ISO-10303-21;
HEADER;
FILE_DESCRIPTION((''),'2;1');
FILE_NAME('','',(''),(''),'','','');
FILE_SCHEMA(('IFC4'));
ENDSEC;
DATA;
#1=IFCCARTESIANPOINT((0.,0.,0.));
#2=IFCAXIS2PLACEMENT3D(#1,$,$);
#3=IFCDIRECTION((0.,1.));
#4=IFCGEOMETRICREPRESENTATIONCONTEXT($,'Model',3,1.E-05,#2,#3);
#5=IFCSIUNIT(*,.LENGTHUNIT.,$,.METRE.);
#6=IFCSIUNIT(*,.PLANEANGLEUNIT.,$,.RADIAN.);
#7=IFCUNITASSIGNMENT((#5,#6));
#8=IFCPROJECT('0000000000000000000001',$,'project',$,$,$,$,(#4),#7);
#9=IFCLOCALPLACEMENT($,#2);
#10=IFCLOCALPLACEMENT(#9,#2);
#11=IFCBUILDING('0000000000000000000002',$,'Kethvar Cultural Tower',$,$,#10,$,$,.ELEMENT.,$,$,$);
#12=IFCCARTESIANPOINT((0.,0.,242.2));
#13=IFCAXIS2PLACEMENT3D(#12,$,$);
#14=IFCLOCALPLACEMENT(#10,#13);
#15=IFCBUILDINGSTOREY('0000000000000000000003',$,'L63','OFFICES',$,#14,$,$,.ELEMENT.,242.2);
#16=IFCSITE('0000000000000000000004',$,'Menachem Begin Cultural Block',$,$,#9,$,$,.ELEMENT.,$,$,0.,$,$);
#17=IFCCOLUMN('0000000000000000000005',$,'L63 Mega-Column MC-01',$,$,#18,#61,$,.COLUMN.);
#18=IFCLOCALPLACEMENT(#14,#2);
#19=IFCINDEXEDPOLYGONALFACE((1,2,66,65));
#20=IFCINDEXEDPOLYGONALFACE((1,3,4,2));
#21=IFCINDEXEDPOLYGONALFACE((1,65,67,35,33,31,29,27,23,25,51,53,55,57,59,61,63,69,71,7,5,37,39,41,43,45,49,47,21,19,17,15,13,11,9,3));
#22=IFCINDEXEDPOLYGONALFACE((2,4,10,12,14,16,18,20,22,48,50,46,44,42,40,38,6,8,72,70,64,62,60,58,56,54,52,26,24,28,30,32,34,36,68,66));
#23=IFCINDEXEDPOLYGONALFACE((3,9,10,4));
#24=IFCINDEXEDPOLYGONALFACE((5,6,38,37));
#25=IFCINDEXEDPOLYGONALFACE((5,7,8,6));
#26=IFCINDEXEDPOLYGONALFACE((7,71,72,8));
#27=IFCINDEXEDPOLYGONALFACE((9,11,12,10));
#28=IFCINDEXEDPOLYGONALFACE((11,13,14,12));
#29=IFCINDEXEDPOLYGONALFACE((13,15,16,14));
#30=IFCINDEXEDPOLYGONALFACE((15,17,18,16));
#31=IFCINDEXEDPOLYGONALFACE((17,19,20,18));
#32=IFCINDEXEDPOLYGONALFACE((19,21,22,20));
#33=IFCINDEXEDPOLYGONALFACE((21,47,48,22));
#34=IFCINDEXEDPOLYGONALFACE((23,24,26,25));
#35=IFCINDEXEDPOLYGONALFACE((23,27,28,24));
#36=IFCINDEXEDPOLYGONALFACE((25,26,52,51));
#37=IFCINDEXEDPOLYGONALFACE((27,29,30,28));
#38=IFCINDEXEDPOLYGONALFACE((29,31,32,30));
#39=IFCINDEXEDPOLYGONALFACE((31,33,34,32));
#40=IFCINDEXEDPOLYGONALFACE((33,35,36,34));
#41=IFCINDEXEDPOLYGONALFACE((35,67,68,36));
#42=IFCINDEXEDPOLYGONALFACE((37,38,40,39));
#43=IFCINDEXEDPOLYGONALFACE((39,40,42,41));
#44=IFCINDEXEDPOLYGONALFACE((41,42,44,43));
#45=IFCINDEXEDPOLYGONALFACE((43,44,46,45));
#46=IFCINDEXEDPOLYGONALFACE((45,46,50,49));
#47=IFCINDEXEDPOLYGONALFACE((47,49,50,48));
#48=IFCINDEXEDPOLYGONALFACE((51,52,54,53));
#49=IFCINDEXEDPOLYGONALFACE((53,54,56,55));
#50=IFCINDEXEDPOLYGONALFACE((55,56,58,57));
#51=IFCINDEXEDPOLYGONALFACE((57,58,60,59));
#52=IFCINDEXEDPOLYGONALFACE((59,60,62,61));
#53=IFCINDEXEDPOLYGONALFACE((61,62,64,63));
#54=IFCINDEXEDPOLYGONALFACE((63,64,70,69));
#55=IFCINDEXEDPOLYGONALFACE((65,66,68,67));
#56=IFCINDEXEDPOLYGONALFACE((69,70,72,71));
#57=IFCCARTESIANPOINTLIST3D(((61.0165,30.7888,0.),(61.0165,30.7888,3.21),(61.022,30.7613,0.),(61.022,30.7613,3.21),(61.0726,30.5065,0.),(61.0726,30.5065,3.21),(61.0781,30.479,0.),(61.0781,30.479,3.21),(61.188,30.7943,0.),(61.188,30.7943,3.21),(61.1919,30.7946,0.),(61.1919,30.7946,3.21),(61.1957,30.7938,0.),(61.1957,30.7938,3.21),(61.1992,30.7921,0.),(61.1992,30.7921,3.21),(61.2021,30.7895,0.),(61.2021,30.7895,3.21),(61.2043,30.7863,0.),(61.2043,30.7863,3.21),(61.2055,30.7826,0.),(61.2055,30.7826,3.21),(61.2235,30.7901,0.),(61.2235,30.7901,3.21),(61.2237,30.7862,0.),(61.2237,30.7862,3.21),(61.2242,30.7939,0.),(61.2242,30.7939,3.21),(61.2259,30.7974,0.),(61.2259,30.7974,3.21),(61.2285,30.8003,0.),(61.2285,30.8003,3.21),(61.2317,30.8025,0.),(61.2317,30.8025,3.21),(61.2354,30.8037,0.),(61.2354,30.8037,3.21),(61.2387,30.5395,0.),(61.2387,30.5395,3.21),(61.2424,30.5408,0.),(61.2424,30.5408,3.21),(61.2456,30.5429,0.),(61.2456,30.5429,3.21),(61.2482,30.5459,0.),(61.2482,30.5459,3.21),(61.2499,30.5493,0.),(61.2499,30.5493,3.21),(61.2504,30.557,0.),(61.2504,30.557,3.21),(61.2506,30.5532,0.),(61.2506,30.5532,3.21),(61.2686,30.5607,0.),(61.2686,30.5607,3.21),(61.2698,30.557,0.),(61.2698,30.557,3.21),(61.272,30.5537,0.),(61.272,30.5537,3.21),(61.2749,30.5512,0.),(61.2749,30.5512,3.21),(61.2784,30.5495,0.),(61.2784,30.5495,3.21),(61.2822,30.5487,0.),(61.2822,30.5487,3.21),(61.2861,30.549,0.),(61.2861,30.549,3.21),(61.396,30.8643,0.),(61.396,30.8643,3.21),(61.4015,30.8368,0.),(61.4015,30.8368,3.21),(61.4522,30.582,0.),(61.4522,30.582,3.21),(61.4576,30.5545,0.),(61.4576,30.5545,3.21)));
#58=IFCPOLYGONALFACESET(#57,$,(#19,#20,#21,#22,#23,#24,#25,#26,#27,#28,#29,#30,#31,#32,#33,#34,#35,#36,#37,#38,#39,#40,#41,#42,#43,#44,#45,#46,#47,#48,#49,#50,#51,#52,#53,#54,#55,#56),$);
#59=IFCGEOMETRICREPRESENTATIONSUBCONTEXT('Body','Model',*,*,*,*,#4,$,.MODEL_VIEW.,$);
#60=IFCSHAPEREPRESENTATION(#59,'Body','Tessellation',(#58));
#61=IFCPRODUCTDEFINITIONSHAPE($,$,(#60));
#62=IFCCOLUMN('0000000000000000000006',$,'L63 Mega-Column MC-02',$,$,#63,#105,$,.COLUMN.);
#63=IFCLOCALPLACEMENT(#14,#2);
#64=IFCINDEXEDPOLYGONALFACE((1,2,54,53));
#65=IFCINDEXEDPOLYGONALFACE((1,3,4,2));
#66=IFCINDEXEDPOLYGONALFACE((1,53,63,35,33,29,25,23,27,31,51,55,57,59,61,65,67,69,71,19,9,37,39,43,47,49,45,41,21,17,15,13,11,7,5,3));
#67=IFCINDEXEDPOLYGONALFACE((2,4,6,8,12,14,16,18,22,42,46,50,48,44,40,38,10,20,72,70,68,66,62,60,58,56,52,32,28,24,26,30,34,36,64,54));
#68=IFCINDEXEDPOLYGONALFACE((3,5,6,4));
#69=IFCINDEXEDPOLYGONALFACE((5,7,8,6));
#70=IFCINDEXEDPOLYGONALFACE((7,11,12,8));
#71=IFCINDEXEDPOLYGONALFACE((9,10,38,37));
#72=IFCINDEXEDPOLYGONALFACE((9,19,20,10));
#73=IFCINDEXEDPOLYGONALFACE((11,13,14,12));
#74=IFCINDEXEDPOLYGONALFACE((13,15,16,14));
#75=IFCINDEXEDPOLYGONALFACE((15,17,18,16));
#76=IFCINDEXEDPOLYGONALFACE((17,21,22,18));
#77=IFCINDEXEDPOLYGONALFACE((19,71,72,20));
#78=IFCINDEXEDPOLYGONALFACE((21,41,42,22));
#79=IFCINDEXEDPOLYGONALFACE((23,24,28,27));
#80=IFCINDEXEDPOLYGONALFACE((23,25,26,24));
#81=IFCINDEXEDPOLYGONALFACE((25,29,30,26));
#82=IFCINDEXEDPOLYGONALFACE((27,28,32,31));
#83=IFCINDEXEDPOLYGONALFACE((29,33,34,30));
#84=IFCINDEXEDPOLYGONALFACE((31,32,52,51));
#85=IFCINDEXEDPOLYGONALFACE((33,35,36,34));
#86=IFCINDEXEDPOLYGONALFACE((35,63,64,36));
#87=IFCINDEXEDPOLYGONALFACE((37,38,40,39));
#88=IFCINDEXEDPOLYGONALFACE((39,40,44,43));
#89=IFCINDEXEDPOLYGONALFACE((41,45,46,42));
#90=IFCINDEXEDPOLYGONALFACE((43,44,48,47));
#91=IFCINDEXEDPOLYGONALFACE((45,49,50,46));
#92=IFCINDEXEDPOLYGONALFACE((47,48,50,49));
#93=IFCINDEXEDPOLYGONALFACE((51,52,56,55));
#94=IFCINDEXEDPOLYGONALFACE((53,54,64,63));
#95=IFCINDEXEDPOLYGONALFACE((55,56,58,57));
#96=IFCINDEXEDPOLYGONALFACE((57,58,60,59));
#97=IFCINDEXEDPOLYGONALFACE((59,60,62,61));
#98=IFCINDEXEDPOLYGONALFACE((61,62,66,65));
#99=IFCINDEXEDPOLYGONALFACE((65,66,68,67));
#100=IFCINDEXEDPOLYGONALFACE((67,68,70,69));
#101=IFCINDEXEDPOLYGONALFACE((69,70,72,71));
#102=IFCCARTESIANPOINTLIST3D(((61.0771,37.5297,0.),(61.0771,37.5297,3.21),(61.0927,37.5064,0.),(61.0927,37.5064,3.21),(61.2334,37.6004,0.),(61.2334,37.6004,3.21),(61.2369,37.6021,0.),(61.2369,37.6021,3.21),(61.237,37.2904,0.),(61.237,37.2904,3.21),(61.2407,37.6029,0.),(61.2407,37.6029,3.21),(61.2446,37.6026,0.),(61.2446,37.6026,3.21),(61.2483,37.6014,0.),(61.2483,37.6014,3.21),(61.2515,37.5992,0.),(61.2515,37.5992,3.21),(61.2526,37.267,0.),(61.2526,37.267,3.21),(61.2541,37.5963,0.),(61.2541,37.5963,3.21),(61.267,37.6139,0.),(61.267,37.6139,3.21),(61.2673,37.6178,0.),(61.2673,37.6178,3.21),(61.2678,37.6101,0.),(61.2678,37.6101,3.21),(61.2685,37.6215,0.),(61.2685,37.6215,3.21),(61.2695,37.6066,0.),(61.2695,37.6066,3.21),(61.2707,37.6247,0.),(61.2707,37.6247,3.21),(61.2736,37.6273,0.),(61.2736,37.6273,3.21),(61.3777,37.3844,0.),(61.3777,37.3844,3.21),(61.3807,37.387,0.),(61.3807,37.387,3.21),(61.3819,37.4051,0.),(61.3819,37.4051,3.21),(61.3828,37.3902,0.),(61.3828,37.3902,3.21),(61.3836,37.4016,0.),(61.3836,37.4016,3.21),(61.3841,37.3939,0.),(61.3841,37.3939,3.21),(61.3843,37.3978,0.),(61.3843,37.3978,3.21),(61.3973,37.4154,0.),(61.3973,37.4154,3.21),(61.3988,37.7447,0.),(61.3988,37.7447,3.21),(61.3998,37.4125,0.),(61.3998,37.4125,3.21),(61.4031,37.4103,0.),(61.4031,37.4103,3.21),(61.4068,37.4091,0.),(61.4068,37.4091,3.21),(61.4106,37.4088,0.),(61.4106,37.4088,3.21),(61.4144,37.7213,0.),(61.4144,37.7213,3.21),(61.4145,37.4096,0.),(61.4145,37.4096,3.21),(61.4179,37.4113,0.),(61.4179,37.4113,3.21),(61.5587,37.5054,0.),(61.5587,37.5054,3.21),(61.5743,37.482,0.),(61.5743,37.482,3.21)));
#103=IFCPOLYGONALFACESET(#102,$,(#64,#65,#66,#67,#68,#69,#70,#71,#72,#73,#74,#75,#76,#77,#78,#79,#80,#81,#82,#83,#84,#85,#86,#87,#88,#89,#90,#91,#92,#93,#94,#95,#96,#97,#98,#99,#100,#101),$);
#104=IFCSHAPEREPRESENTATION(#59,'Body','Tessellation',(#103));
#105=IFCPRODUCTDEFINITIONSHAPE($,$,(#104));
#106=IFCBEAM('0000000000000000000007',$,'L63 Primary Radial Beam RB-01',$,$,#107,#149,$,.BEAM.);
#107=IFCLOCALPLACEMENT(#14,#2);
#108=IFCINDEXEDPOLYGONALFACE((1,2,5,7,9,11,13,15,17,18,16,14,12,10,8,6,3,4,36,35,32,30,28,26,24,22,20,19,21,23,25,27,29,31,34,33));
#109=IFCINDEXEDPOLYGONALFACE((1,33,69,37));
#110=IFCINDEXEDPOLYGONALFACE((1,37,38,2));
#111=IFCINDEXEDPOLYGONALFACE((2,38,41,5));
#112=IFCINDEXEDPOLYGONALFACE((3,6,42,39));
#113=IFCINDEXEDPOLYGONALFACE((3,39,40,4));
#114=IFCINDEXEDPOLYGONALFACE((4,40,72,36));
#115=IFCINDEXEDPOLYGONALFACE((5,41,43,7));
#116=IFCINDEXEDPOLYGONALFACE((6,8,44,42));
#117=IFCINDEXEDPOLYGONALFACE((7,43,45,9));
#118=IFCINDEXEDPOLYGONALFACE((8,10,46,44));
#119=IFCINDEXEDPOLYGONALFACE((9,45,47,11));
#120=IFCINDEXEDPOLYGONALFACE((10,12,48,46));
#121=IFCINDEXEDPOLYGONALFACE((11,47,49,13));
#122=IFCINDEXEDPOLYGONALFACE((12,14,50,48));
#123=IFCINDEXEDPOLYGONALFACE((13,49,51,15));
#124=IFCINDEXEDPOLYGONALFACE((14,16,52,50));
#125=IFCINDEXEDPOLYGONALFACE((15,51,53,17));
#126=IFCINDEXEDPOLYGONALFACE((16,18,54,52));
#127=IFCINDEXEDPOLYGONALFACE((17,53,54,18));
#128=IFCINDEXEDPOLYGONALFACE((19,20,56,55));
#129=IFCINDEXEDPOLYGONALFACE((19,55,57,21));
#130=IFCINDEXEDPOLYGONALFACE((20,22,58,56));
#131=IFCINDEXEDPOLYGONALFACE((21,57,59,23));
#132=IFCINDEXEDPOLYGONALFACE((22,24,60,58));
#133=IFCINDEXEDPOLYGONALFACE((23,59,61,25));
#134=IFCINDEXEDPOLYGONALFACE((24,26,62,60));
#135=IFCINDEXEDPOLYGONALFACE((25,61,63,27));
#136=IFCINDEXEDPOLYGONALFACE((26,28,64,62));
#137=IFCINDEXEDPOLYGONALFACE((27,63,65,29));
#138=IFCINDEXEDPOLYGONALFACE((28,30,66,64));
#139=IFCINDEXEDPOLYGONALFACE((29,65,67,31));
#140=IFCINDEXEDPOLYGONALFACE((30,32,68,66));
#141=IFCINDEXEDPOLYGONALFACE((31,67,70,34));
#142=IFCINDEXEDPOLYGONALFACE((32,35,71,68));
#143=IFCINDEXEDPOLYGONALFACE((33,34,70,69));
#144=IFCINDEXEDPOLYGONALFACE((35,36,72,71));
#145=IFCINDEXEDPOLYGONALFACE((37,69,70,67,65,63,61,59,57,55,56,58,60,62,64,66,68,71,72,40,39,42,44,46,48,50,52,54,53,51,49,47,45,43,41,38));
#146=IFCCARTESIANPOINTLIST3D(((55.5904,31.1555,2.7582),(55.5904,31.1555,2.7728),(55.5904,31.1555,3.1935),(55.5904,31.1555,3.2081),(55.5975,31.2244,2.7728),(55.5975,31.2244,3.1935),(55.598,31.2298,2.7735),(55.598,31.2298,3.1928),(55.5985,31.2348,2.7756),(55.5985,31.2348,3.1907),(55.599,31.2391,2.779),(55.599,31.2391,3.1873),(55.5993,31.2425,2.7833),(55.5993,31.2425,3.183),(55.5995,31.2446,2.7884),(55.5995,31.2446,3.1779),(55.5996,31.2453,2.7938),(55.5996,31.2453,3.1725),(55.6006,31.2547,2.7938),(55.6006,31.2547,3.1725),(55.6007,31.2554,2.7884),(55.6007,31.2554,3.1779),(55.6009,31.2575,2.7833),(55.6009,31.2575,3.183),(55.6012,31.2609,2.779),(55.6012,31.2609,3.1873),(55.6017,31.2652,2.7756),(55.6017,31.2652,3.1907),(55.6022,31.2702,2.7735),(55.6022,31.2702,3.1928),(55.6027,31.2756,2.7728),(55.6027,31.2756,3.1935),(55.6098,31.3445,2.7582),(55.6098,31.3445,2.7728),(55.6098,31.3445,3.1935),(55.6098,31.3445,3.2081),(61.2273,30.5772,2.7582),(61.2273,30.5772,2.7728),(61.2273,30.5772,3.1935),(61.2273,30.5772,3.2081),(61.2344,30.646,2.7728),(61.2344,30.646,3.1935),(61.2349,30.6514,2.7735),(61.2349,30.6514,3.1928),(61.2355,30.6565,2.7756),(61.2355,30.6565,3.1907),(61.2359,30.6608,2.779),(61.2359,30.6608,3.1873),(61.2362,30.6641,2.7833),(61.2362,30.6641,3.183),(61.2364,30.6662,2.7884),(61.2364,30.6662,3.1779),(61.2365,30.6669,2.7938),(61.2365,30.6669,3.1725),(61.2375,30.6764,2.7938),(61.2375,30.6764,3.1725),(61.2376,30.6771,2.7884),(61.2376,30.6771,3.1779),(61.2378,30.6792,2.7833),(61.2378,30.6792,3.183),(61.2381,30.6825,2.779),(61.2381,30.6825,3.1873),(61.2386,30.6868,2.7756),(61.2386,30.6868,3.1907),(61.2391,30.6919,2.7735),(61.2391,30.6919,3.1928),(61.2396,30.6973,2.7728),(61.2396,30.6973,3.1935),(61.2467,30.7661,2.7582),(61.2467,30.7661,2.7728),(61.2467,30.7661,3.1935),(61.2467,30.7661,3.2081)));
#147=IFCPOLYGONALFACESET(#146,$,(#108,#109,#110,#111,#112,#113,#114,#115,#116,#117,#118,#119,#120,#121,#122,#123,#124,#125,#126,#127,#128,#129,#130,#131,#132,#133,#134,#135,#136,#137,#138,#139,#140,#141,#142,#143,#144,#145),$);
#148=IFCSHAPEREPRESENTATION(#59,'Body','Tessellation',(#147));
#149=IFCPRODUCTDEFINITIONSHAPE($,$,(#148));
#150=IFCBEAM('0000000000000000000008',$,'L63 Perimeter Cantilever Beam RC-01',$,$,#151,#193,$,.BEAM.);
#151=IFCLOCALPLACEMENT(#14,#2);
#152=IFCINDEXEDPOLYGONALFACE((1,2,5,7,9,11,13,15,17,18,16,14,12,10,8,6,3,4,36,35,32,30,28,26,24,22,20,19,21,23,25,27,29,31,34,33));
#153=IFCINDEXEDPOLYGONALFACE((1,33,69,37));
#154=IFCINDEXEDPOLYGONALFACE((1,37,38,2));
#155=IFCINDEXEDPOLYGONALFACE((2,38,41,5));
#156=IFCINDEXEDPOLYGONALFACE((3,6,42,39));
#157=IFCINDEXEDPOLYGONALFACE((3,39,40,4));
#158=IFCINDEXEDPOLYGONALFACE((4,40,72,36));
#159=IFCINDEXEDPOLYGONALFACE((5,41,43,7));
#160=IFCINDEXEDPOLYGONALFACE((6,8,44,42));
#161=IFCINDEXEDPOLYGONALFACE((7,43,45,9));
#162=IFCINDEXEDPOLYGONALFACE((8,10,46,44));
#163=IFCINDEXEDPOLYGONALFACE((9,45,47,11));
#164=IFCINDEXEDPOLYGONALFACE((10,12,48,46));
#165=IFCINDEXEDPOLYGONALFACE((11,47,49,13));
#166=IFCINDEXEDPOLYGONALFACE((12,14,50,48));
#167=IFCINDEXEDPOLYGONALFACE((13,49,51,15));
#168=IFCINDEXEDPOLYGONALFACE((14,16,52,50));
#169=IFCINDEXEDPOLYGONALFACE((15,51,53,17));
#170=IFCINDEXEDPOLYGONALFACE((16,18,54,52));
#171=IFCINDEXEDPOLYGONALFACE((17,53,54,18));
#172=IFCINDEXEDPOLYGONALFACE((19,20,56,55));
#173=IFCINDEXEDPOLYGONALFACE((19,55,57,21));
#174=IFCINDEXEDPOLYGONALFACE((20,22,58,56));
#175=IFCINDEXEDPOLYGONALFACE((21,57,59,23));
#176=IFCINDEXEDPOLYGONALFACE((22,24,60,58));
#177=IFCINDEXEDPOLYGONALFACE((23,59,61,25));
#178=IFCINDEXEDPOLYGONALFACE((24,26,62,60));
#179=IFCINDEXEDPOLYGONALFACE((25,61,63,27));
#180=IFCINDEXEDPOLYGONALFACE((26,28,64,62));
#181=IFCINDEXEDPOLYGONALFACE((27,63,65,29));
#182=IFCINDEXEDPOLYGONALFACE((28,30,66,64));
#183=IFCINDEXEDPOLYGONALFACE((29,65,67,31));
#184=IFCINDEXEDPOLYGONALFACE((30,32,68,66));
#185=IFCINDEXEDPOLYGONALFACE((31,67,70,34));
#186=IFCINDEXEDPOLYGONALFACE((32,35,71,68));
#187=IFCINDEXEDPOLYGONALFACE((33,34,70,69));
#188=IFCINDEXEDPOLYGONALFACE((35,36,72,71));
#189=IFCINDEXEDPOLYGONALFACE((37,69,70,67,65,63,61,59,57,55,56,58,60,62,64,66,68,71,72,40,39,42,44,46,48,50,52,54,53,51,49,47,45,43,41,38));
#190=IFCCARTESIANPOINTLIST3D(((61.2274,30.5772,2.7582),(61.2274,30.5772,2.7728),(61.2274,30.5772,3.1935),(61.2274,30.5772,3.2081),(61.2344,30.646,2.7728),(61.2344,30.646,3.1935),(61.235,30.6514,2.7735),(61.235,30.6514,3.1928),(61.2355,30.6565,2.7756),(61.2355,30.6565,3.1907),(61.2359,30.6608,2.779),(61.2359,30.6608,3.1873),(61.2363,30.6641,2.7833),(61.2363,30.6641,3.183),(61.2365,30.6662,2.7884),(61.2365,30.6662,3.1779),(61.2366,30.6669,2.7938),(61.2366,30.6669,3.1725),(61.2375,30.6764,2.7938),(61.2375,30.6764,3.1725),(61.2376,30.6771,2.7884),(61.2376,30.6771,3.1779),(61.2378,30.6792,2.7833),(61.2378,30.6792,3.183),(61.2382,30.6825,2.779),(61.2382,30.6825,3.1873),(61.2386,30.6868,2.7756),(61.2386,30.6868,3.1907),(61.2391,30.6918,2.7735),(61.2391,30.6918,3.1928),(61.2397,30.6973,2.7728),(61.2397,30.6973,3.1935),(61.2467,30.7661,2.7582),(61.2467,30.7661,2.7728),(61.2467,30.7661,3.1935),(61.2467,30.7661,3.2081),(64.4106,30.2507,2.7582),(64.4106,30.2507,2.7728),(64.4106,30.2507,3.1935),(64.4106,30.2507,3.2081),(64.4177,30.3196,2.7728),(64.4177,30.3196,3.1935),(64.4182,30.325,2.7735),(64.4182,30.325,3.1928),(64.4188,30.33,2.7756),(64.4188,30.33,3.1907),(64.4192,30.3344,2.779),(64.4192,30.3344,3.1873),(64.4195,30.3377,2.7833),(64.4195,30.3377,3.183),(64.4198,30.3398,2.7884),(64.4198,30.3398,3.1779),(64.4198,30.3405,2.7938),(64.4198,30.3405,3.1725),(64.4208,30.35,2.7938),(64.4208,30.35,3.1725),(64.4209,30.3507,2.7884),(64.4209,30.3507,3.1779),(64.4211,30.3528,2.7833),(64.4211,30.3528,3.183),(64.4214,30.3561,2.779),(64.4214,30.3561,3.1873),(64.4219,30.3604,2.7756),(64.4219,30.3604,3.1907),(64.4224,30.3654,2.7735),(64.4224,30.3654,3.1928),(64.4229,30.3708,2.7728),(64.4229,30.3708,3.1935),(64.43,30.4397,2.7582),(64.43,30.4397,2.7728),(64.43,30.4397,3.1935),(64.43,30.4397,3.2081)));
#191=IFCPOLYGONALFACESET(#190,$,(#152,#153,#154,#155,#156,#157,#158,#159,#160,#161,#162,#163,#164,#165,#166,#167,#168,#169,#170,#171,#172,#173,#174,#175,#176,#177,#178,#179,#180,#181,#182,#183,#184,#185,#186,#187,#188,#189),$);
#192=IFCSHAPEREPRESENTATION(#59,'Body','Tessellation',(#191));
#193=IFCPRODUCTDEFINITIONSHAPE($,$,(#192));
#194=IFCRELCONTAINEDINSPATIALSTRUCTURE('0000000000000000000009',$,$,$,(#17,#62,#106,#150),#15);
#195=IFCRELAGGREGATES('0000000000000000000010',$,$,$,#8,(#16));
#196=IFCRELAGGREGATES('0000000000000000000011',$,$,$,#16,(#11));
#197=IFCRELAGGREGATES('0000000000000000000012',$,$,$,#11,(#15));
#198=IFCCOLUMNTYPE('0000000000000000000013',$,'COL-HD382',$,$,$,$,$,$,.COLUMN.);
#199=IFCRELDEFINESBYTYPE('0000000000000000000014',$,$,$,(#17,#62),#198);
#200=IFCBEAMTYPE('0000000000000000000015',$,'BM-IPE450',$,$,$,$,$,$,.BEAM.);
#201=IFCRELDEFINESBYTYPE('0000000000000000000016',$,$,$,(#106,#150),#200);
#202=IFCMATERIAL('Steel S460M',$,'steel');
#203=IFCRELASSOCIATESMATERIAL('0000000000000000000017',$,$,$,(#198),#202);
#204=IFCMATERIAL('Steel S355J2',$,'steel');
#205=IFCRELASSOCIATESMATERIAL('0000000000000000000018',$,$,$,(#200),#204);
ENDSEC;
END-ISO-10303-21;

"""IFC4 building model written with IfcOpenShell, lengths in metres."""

from ifc_helpers import new_model, si_unit, direction, frame, origin, origin_2d, place, context, subcontext, project, spatial, i_section, extrude, source, transform, mapped, material, material_profile, profile_set, type_object, element, save


model = new_model("IFC4")

# Units and contexts
model_context = context("Model", 3, precision=1e-05, world=origin(), true_north=direction((0.0, 1.0)))
body_context = subcontext(model_context, "Body", "Model", "MODEL_VIEW")
ifc_project = project(units=[si_unit("LENGTHUNIT", "METRE"), si_unit("PLANEANGLEUNIT", "RADIAN")], contexts=[model_context])

# Site, building, storey
site_placement = place(None, origin())
site = spatial("IfcSite", under=ifc_project, at=site_placement, Name="Menachem Begin Cultural Block", CompositionType="ELEMENT", RefElevation=0.0)
building_placement = place(site_placement, origin())
building = spatial("IfcBuilding", under=site, at=building_placement, Name="Kethvar Cultural Tower", CompositionType="ELEMENT")
storey_placement = place(building_placement, frame((0.0, 0.0, 242.2)))
storey = spatial("IfcBuildingStorey", under=building, at=storey_placement, Name="L63", Description="OFFICES", CompositionType="ELEMENT", Elevation=242.2)

# Columns
ifc_material_1 = material(Name="Steel S460M", Category="steel")
ifc_material_profile_1 = material_profile(ifc_material_1, i_section(OverallWidth=0.387, OverallDepth=0.3159, WebThickness=0.0186, FlangeThickness=0.0281, FilletRadius=0.0149, at=origin_2d()), Name="Steel S460M — HD400x382")
ifc_profile_set_1 = profile_set([ifc_material_profile_1], Name="Steel S460M — HD400x382")
column_type = type_object("IfcColumnType", Name="COL-HD382", PredefinedType="COLUMN", material=ifc_profile_set_1)
shared_shape_1 = source(origin(), body_context, "Body", "SweptSolid", [
    extrude(i_section(OverallWidth=0.387, OverallDepth=0.3159, WebThickness=0.0186, FlangeThickness=0.0281, FilletRadius=0.0149, at=origin_2d()), origin(), (0.0, 0.0, 1.0), 3.21),
])
for number, where, z_axis, x_axis, name in (
    (1, (61.2371, 30.6716, 0.0), (0.0, 0.0, 1.0), (0.980785, 0.19509, 0.0), "L63 Mega-Column MC-01"),
    (2, (61.3257, 37.5059, 0.0), (0.0, 0.0, 1.0), (0.83147, 0.55557, 0.0), "L63 Mega-Column MC-02"),
):
    element("IfcColumn", number, at=place(storey_placement, frame(where, z_axis=z_axis, x_axis=x_axis)), inside=storey, type_object=column_type, Name=name, PredefinedType="COLUMN", context=body_context, shape_type="MappedRepresentation", body=[
        mapped(shared_shape_1, transform((0.0, 0.0, 0.0), scale=1.0)),
    ])

# Beams
ifc_material_2 = material(Name="Steel S355J2", Category="steel")
ifc_material_profile_2 = material_profile(ifc_material_2, i_section(OverallWidth=0.1899, OverallDepth=0.45, WebThickness=0.0095, FlangeThickness=0.0146, FilletRadius=0.021, at=origin_2d()), Name="Steel S355J2 — IPE450")
ifc_profile_set_2 = profile_set([ifc_material_profile_2], Name="Steel S355J2 — IPE450")
beam_type_1 = type_object("IfcBeamType", Name="BM-IPE450", PredefinedType="BEAM", material=ifc_profile_set_2)
shared_shape_2 = source(origin(), body_context, "Body", "SweptSolid", [
    extrude(i_section(OverallWidth=0.1899, OverallDepth=0.45, WebThickness=0.0095, FlangeThickness=0.0146, FilletRadius=0.021, at=origin_2d()), origin(), (0.0, 0.0, 1.0), 5.6665),
])
beam_1_placement = place(storey_placement, frame((55.6001, 31.25, 2.9832), z_axis=(0.994778, -0.102067, 0.0), x_axis=(0.102067, 0.994778, 0.0)))
element("IfcBeam", 3, at=beam_1_placement, inside=storey, type_object=beam_type_1, Name="L63 Primary Radial Beam RB-01", PredefinedType="BEAM", context=body_context, shape_type="MappedRepresentation", body=[
    mapped(shared_shape_2, transform((0.0, 0.0, 0.0), scale=1.0)),
])
shared_shape_3 = source(origin(), body_context, "Body", "SweptSolid", [
    extrude(i_section(OverallWidth=0.1899, OverallDepth=0.45, WebThickness=0.0095, FlangeThickness=0.0146, FilletRadius=0.021, at=origin_2d()), origin(), (0.0, 0.0, 1.0), 3.2),
])
for number, where, z_axis, x_axis, name in (
    (4, (61.2371, 30.6716, 2.9832), (0.994784, -0.102004, 0.0), (0.102004, 0.994784, 0.0), "L63 Perimeter Cantilever Beam RC-01"),
):
    element("IfcBeam", number, at=place(storey_placement, frame(where, z_axis=z_axis, x_axis=x_axis)), inside=storey, type_object=beam_type_1, Name=name, PredefinedType="BEAM", context=body_context, shape_type="MappedRepresentation", body=[
        mapped(shared_shape_3, transform((0.0, 0.0, 0.0), scale=1.0)),
    ])

save(model, "model.ifc")
